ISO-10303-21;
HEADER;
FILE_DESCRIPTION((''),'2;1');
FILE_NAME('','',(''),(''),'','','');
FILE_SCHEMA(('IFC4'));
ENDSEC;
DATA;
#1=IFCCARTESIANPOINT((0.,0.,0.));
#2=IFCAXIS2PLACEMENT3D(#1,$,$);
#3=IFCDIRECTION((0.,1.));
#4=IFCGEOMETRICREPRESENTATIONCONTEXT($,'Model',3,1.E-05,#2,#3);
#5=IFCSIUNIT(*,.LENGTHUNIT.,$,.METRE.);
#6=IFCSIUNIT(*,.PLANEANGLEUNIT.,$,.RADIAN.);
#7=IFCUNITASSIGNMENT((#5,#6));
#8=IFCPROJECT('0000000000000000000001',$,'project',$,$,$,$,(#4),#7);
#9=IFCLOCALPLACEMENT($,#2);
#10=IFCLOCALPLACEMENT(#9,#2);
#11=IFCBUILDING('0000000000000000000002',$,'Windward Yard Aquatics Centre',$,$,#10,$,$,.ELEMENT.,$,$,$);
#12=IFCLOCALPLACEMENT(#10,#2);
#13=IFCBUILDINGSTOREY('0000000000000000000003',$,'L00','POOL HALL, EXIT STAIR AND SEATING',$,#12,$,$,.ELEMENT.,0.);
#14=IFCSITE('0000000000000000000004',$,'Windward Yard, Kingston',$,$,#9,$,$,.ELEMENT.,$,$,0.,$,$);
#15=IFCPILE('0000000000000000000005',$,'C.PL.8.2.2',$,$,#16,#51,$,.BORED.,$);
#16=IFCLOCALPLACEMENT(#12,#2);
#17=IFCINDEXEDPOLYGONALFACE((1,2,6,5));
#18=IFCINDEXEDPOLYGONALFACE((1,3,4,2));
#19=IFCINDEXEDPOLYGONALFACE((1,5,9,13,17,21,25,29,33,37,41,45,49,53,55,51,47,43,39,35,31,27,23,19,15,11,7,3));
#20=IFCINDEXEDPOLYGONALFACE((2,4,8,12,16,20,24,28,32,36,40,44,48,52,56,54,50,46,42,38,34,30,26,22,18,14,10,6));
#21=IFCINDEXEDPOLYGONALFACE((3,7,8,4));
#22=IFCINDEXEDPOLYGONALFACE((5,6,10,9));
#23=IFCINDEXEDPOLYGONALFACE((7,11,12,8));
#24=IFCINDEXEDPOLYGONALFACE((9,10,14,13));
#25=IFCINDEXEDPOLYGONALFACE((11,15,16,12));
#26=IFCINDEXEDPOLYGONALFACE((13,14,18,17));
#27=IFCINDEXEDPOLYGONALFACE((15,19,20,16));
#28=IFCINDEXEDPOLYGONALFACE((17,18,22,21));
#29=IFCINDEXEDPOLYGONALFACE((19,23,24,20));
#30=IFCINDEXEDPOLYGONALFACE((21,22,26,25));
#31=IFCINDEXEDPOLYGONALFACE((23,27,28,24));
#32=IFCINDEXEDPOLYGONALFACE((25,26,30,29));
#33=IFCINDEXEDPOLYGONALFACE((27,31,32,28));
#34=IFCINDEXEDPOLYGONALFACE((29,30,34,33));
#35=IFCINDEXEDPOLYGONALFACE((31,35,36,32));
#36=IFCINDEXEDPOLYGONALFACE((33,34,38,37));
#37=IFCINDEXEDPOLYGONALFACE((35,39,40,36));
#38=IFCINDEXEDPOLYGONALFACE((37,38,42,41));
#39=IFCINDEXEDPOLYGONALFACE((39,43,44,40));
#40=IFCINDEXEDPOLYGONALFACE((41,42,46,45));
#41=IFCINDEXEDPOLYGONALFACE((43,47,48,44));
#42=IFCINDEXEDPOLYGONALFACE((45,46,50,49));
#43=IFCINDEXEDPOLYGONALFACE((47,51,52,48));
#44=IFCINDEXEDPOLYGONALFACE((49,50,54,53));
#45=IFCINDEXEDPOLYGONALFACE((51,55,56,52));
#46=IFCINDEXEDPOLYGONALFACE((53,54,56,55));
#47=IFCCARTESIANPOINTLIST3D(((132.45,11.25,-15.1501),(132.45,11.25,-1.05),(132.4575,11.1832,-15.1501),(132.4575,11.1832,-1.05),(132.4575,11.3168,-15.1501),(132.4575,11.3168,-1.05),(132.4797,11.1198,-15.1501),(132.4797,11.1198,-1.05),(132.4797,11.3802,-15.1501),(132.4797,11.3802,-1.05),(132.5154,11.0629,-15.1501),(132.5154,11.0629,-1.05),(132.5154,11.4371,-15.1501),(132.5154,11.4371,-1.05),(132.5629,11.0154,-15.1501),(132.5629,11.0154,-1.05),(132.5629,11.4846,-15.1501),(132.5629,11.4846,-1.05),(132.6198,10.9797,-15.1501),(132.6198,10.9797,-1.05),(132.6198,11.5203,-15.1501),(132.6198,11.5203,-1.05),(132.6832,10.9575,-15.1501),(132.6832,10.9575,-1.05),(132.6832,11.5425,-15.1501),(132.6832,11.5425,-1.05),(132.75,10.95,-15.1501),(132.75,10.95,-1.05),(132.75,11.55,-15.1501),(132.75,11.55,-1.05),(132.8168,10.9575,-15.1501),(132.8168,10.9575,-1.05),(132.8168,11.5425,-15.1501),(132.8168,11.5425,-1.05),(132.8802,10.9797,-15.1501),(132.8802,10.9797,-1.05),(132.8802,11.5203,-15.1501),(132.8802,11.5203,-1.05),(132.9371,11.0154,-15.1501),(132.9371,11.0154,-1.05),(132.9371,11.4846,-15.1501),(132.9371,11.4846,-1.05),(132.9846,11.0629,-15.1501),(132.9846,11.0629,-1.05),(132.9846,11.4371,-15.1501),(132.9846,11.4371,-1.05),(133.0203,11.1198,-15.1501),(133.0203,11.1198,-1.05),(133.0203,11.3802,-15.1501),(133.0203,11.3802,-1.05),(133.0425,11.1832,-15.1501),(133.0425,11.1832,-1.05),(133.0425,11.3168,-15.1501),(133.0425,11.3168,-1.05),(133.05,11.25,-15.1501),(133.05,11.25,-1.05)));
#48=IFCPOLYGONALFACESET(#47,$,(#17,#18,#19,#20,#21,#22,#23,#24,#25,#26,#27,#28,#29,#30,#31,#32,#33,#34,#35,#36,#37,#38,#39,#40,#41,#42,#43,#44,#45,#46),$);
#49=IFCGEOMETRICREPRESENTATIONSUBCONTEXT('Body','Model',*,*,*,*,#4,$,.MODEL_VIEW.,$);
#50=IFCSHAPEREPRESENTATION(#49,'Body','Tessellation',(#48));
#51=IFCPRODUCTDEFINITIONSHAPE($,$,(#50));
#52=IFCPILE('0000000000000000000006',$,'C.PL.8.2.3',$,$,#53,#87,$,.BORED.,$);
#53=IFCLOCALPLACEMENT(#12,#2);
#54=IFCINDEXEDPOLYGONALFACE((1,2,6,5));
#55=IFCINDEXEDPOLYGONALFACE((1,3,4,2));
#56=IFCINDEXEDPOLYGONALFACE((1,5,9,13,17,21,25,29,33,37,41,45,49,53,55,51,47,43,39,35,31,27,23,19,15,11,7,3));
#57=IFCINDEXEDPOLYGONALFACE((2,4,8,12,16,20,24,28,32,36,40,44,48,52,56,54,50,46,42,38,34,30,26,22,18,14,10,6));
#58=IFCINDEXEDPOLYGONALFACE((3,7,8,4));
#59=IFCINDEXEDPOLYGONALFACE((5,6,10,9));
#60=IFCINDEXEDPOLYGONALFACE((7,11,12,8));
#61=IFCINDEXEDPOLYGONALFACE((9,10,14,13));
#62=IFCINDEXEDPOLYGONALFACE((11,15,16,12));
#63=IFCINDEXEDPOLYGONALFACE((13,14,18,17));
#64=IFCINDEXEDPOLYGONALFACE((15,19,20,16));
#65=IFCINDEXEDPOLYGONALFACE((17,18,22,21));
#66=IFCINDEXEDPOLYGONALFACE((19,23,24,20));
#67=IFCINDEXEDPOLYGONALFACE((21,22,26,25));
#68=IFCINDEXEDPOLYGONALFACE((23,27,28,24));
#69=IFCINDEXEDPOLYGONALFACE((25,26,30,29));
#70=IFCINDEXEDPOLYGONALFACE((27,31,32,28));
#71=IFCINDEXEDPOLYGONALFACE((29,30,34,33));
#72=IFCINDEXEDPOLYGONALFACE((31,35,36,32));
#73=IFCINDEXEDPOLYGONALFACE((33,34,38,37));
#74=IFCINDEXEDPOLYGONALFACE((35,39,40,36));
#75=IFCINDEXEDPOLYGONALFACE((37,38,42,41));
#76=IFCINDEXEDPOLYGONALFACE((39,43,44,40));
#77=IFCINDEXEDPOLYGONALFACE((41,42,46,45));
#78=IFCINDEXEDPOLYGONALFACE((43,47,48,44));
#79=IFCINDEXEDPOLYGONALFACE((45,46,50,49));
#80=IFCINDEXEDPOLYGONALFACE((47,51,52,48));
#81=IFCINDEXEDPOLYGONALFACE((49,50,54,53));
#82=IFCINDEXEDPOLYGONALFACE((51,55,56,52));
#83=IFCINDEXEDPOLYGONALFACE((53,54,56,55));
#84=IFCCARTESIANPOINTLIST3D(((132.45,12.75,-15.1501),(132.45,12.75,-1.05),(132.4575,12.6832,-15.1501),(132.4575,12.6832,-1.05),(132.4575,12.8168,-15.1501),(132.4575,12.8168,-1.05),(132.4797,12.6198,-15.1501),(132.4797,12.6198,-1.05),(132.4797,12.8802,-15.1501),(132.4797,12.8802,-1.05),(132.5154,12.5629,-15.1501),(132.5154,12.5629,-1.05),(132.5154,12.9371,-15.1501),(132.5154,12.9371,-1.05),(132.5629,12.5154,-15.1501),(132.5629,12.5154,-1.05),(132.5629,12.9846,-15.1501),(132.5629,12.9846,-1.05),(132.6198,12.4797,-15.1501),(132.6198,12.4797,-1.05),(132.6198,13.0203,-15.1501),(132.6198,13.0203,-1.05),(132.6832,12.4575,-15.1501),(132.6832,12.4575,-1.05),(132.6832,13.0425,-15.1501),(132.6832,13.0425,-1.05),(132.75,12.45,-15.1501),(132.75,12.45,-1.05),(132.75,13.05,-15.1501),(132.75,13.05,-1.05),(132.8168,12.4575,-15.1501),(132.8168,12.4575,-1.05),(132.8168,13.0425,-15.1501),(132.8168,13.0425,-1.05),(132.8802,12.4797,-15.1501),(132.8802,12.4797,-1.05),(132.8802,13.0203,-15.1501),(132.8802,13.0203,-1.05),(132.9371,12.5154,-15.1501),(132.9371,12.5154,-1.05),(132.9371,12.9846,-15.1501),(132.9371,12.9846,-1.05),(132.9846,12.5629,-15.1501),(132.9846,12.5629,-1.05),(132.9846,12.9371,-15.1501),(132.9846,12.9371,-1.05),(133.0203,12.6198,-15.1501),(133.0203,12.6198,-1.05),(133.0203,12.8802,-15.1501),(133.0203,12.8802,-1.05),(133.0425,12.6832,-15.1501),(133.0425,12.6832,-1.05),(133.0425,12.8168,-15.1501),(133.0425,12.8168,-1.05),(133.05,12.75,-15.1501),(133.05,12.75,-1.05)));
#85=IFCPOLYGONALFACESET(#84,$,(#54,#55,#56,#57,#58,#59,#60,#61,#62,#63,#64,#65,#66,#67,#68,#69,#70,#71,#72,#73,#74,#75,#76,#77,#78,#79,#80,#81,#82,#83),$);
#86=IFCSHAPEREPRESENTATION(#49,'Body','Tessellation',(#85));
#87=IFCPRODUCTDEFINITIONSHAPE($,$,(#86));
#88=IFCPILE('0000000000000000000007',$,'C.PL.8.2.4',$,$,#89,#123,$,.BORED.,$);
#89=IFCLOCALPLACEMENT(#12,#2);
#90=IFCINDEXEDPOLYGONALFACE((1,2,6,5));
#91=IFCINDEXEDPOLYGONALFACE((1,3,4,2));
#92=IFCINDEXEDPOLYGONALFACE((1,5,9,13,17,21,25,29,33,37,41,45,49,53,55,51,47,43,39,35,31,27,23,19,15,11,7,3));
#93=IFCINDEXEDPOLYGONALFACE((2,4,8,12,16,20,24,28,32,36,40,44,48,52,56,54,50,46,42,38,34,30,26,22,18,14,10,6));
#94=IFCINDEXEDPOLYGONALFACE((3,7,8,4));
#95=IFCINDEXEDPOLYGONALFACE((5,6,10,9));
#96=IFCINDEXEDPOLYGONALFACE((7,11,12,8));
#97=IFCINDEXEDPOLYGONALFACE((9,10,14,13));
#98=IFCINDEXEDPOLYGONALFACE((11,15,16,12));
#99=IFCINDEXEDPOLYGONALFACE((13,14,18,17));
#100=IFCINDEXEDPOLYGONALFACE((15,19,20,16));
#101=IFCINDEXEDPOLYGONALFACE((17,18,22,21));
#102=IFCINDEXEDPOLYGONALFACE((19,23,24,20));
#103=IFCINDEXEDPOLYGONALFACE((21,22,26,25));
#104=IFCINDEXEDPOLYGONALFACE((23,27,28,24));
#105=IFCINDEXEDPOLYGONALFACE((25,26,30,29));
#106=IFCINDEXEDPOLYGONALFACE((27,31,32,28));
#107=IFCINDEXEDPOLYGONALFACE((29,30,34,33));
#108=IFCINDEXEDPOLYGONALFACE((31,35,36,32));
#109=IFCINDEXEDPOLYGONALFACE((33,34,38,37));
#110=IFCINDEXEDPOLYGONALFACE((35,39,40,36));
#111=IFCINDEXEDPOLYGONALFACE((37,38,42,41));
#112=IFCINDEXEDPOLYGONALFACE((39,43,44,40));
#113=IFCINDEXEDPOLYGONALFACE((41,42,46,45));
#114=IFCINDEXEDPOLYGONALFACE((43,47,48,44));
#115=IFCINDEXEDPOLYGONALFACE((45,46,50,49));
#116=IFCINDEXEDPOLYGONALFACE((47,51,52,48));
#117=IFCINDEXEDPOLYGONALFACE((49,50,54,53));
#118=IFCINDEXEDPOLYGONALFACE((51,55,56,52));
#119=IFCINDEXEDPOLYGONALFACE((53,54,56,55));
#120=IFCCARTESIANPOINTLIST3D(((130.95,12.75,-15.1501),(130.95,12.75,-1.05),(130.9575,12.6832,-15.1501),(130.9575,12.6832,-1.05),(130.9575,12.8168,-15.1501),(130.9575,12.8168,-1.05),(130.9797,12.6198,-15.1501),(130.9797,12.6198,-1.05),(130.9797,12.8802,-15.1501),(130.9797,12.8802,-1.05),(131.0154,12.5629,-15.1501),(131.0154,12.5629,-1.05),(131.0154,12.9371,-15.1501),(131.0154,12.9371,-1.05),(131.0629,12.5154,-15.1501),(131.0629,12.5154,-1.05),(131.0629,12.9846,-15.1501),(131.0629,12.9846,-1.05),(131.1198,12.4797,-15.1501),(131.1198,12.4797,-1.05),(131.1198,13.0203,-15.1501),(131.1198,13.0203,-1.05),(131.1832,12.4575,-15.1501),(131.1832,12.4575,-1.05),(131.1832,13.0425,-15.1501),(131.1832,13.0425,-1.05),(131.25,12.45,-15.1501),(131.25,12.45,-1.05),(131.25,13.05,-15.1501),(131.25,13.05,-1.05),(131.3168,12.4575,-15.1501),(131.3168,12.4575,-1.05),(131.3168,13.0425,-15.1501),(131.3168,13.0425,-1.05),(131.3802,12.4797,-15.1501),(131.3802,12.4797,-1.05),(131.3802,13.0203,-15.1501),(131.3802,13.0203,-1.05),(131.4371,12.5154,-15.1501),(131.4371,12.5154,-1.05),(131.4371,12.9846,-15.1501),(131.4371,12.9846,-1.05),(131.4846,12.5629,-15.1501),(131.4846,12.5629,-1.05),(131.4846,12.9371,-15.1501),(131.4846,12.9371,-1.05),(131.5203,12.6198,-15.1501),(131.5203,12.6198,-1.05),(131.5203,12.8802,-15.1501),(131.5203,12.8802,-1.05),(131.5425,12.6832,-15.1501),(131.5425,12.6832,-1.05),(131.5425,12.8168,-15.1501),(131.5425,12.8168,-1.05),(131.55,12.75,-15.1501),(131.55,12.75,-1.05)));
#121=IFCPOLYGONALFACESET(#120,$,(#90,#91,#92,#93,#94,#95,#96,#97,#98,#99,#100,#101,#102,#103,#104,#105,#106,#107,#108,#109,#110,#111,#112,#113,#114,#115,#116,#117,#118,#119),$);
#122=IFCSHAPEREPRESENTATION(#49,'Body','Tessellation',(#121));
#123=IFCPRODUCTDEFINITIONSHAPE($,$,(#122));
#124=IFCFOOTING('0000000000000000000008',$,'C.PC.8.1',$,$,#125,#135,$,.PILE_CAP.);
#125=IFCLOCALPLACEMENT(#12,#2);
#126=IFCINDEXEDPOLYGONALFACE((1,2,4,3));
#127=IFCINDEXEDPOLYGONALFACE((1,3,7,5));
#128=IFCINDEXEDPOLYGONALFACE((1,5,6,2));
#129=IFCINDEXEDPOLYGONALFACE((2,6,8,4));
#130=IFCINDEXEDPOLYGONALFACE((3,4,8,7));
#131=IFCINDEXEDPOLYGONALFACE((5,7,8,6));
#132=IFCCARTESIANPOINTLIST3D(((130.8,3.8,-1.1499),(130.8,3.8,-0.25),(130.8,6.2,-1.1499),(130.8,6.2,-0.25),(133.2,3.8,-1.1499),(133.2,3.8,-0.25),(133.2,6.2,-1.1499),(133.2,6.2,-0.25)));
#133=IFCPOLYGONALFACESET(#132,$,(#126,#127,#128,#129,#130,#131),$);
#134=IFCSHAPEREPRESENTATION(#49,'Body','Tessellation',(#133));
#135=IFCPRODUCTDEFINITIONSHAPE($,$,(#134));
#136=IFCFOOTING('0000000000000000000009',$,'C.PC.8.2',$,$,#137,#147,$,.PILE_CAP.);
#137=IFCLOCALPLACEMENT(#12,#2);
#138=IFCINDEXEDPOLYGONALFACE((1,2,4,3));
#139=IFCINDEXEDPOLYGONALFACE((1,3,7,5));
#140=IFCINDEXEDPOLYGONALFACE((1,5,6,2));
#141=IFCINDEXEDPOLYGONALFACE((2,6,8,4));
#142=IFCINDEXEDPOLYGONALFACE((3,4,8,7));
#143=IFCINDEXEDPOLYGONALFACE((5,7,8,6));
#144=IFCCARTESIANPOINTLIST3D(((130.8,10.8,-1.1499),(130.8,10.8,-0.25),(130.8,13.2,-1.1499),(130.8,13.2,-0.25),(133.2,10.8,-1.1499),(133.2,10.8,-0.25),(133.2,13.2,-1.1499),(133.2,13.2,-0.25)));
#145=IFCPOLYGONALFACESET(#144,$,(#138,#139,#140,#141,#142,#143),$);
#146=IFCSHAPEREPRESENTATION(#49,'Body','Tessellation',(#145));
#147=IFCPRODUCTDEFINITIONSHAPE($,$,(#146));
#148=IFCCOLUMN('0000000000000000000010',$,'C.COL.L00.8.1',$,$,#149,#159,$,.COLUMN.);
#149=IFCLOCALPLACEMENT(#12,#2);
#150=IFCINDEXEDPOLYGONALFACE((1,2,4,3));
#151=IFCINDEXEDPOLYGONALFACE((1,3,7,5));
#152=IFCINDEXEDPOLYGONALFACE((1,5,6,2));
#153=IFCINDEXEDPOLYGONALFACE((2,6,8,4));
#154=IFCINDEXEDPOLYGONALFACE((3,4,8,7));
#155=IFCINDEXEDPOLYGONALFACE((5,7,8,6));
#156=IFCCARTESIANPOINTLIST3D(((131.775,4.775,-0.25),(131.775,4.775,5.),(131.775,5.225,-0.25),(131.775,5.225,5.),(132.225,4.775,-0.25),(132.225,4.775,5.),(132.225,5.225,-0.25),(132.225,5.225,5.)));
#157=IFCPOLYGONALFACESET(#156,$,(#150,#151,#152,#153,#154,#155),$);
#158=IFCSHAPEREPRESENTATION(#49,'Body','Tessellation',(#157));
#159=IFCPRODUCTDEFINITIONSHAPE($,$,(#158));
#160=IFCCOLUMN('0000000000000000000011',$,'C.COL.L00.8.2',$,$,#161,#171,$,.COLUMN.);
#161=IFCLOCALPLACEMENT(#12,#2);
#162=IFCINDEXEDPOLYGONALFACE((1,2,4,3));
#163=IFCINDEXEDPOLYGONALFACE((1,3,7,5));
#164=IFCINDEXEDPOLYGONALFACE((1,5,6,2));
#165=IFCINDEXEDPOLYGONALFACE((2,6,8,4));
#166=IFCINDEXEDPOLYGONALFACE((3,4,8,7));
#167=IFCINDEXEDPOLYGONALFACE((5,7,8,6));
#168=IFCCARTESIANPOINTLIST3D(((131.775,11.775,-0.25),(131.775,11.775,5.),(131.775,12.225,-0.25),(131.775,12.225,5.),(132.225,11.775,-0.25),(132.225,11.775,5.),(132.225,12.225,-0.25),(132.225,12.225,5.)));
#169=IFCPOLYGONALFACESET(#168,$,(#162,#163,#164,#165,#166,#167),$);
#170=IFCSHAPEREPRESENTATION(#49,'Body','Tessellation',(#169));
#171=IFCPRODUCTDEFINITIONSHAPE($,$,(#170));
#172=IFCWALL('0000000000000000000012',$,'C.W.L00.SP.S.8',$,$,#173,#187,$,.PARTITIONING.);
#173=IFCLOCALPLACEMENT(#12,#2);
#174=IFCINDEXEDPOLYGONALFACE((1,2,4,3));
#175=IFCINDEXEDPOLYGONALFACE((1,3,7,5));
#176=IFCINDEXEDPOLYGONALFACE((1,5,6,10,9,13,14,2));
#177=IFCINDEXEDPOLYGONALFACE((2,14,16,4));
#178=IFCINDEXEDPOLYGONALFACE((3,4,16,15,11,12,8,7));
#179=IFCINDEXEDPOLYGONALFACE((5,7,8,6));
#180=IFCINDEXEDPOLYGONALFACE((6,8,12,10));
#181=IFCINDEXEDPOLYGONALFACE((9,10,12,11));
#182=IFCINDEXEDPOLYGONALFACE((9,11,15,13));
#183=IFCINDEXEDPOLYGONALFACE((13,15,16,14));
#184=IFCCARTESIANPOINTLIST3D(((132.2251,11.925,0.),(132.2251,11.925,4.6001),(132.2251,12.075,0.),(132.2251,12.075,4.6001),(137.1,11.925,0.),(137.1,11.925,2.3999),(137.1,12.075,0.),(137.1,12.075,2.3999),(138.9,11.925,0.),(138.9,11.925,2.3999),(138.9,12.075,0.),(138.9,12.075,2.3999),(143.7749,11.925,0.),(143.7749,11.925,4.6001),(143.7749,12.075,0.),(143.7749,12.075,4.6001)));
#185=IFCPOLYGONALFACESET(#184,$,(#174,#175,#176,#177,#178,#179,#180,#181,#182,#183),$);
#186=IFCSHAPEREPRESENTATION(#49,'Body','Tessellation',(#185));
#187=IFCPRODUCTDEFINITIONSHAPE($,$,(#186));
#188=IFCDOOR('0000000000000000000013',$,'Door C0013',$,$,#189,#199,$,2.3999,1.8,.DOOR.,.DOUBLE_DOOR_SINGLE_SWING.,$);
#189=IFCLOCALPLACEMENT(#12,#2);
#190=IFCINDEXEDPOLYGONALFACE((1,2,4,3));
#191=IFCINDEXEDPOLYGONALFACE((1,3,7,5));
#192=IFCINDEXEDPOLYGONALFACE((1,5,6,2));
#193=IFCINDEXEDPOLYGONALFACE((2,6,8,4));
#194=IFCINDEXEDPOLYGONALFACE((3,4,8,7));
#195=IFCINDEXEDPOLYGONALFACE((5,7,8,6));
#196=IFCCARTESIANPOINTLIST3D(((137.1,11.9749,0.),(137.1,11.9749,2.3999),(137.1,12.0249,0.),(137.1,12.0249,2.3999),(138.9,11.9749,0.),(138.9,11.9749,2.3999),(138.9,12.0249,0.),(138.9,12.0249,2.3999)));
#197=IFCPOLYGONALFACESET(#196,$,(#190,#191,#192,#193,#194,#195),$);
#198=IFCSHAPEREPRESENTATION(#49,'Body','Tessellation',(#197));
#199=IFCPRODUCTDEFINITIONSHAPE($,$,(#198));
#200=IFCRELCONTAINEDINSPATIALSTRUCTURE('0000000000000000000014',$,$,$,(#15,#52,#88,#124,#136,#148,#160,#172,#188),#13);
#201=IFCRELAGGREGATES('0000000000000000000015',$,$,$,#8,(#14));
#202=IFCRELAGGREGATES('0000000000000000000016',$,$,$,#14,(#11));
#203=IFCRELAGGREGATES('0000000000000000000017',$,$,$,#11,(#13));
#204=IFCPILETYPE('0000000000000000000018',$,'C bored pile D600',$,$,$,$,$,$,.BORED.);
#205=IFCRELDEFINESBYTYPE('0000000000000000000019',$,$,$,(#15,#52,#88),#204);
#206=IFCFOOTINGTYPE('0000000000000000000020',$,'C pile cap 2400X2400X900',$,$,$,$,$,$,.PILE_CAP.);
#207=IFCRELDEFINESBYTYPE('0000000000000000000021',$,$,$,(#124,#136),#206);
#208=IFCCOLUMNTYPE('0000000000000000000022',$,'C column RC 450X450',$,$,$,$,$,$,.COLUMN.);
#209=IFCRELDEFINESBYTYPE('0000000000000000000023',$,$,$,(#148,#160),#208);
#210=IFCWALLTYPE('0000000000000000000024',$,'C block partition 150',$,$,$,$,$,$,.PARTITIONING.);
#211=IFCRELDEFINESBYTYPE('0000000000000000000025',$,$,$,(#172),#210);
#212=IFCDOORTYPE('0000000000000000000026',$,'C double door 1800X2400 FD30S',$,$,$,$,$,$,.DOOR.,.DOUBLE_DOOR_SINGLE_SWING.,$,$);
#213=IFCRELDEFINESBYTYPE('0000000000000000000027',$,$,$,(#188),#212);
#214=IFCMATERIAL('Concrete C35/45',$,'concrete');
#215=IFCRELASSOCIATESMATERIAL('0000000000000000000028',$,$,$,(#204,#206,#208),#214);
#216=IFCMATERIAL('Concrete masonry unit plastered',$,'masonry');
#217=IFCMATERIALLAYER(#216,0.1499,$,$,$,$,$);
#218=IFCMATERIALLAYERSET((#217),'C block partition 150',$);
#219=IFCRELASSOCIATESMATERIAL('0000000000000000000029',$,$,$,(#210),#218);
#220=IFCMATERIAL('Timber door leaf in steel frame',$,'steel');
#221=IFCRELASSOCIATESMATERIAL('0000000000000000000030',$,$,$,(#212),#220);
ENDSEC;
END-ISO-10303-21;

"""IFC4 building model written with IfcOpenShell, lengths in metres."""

from ifc_helpers import new_model, si_unit, direction, frame, frame_2d, origin, origin_2d, place, context, subcontext, project, spatial, rectangle, circle, extrude, material, layer, layer_set, material_profile, profile_set, type_object, element, fill, save


model = new_model("IFC4")

# Units and contexts
model_context = context("Model", 3, precision=1e-05, world=origin(), true_north=direction((0.0, 1.0)))
body_context = subcontext(model_context, "Body", "Model", "MODEL_VIEW")
ifc_project = project(units=[si_unit("LENGTHUNIT", "METRE"), si_unit("PLANEANGLEUNIT", "RADIAN")], contexts=[model_context])

# Site, building, storey
site_placement = place(None, origin())
site = spatial("IfcSite", under=ifc_project, at=site_placement, Name="Windward Yard, Kingston", CompositionType="ELEMENT", RefElevation=0.0)
building_placement = place(site_placement, origin())
building = spatial("IfcBuilding", under=site, at=building_placement, Name="Windward Yard Aquatics Centre", CompositionType="ELEMENT")
storey_placement = place(building_placement, origin())
storey = spatial("IfcBuildingStorey", under=building, at=storey_placement, Name="L00", Description="POOL HALL, EXIT STAIR AND SEATING", CompositionType="ELEMENT", Elevation=0.0)

# Piles
ifc_material_1 = material(Name="Concrete C35/45", Category="concrete")
ifc_material_profile_1 = material_profile(ifc_material_1, circle(Radius=0.3, at=origin_2d()), Name="RC D600")
ifc_profile_set_1 = profile_set([ifc_material_profile_1], Name="Concrete C35/45")
pile_type = type_object("IfcPileType", Name="C bored pile D600", PredefinedType="BORED", material=ifc_profile_set_1)
for number, where, z_axis, x_axis, name in (
    (1, (132.75, 11.25, -1.05), (0.0, 0.0, -1.0), (1.0, 0.0, 0.0), "C.PL.8.2.2"),
    (2, (132.75, 12.75, -1.05), (0.0, 0.0, -1.0), (1.0, 0.0, 0.0), "C.PL.8.2.3"),
    (3, (131.25, 12.75, -1.05), (0.0, 0.0, -1.0), (1.0, 0.0, 0.0), "C.PL.8.2.4"),
):
    element("IfcPile", number, at=place(storey_placement, frame(where, z_axis=z_axis, x_axis=x_axis)), inside=storey, type_object=pile_type, Name=name, PredefinedType="BORED", context=body_context, shape_type="SweptSolid", body=[
        extrude(circle(Radius=0.3, at=origin_2d()), origin(), (0.0, 0.0, 1.0), 14.1001),
    ])

# Footings
footing_type = type_object("IfcFootingType", Name="C pile cap 2400X2400X900", PredefinedType="PILE_CAP", material=ifc_material_1)
for number, where, z_axis, x_axis, name in (
    (4, (132.0, 5.0, -1.1499), (0.0, 0.0, 1.0), (1.0, 0.0, 0.0), "C.PC.8.1"),
    (5, (132.0, 12.0, -1.1499), (0.0, 0.0, 1.0), (1.0, 0.0, 0.0), "C.PC.8.2"),
):
    element("IfcFooting", number, at=place(storey_placement, frame(where, z_axis=z_axis, x_axis=x_axis)), inside=storey, type_object=footing_type, Name=name, PredefinedType="PILE_CAP", context=body_context, shape_type="SweptSolid", body=[
        extrude(rectangle(XDim=2.3999, YDim=2.3999, at=origin_2d()), origin(), (0.0, 0.0, 1.0), 0.8999),
    ])

# Columns
ifc_material_profile_2 = material_profile(ifc_material_1, rectangle(XDim=0.45, YDim=0.45, at=origin_2d()), Name="RC 450X450")
ifc_profile_set_2 = profile_set([ifc_material_profile_2], Name="Concrete C35/45")
column_type = type_object("IfcColumnType", Name="C column RC 450X450", PredefinedType="COLUMN", material=ifc_profile_set_2)
for number, where, z_axis, x_axis, name in (
    (6, (132.0, 5.0, -0.25), (0.0, 0.0, 1.0), (1.0, 0.0, 0.0), "C.COL.L00.8.1"),
    (7, (132.0, 12.0, -0.25), (0.0, 0.0, 1.0), (1.0, 0.0, 0.0), "C.COL.L00.8.2"),
):
    element("IfcColumn", number, at=place(storey_placement, frame(where, z_axis=z_axis, x_axis=x_axis)), inside=storey, type_object=column_type, Name=name, PredefinedType="COLUMN", context=body_context, shape_type="SweptSolid", body=[
        extrude(rectangle(XDim=0.45, YDim=0.45, at=origin_2d()), origin(), (0.0, 0.0, 1.0), 5.25),
    ])

# Wall, opening, door
ifc_material_2 = material(Name="Concrete masonry unit plastered", Category="masonry")
ifc_layer_1 = layer(ifc_material_2, 0.1499)
ifc_layer_set_1 = layer_set([ifc_layer_1], Name="C block partition 150")
wall_type_1 = type_object("IfcWallType", Name="C block partition 150", PredefinedType="PARTITIONING", material=ifc_layer_set_1)
wall_1_placement = place(storey_placement, frame((132.2251, 12.0, 0.0), z_axis=(0.0, 0.0, 1.0), x_axis=(1.0, 0.0, 0.0)))
wall_1 = element("IfcWall", 8, at=wall_1_placement, inside=storey, type_object=wall_type_1, Name="C.W.L00.SP.S.8", PredefinedType="PARTITIONING", context=body_context, shape_type="SweptSolid", body=[
    extrude(rectangle(XDim=11.5498, YDim=0.1499, at=frame_2d((5.7749, 0.0))), origin(), (0.0, 0.0, 1.0), 4.6001),
])
opening_1_placement = place(wall_1_placement, frame((4.875, 0.0, 0.0)))
opening_1 = element("IfcOpeningElement", 9, at=opening_1_placement, cuts=wall_1, PredefinedType="OPENING", context=body_context, shape_type="SweptSolid", body=[
    extrude(rectangle(XDim=1.8, YDim=2.3999, at=frame_2d((0.8999, 1.2))), frame((0.0, 0.085, 0.0), z_axis=(0.0, -1.0, 0.0), x_axis=(1.0, 0.0, 0.0)), (0.0, 0.0, 1.0), 0.1699),
])
ifc_material_3 = material(Name="Timber door leaf in steel frame", Category="steel")
door_type = type_object("IfcDoorType", Name="C double door 1800X2400 FD30S", OperationType="DOUBLE_DOOR_SINGLE_SWING", PredefinedType="DOOR", material=ifc_material_3)
door_placement = place(opening_1_placement, origin())
door = element("IfcDoor", 10, at=door_placement, inside=storey, type_object=door_type, Name="Door C0013", OperationType="DOUBLE_DOOR_SINGLE_SWING", OverallHeight=2.3999, OverallWidth=1.8, PredefinedType="DOOR", context=body_context, shape_type="SweptSolid", body=[
    extrude(rectangle(XDim=1.8, YDim=2.3999, at=frame_2d((0.8999, 1.2))), frame((0.0, 0.0249, 0.0), z_axis=(0.0, -1.0, 0.0), x_axis=(1.0, 0.0, 0.0)), (0.0, 0.0, 1.0), 0.05),
])
fill(opening_1, door)

save(model, "model.ifc")
